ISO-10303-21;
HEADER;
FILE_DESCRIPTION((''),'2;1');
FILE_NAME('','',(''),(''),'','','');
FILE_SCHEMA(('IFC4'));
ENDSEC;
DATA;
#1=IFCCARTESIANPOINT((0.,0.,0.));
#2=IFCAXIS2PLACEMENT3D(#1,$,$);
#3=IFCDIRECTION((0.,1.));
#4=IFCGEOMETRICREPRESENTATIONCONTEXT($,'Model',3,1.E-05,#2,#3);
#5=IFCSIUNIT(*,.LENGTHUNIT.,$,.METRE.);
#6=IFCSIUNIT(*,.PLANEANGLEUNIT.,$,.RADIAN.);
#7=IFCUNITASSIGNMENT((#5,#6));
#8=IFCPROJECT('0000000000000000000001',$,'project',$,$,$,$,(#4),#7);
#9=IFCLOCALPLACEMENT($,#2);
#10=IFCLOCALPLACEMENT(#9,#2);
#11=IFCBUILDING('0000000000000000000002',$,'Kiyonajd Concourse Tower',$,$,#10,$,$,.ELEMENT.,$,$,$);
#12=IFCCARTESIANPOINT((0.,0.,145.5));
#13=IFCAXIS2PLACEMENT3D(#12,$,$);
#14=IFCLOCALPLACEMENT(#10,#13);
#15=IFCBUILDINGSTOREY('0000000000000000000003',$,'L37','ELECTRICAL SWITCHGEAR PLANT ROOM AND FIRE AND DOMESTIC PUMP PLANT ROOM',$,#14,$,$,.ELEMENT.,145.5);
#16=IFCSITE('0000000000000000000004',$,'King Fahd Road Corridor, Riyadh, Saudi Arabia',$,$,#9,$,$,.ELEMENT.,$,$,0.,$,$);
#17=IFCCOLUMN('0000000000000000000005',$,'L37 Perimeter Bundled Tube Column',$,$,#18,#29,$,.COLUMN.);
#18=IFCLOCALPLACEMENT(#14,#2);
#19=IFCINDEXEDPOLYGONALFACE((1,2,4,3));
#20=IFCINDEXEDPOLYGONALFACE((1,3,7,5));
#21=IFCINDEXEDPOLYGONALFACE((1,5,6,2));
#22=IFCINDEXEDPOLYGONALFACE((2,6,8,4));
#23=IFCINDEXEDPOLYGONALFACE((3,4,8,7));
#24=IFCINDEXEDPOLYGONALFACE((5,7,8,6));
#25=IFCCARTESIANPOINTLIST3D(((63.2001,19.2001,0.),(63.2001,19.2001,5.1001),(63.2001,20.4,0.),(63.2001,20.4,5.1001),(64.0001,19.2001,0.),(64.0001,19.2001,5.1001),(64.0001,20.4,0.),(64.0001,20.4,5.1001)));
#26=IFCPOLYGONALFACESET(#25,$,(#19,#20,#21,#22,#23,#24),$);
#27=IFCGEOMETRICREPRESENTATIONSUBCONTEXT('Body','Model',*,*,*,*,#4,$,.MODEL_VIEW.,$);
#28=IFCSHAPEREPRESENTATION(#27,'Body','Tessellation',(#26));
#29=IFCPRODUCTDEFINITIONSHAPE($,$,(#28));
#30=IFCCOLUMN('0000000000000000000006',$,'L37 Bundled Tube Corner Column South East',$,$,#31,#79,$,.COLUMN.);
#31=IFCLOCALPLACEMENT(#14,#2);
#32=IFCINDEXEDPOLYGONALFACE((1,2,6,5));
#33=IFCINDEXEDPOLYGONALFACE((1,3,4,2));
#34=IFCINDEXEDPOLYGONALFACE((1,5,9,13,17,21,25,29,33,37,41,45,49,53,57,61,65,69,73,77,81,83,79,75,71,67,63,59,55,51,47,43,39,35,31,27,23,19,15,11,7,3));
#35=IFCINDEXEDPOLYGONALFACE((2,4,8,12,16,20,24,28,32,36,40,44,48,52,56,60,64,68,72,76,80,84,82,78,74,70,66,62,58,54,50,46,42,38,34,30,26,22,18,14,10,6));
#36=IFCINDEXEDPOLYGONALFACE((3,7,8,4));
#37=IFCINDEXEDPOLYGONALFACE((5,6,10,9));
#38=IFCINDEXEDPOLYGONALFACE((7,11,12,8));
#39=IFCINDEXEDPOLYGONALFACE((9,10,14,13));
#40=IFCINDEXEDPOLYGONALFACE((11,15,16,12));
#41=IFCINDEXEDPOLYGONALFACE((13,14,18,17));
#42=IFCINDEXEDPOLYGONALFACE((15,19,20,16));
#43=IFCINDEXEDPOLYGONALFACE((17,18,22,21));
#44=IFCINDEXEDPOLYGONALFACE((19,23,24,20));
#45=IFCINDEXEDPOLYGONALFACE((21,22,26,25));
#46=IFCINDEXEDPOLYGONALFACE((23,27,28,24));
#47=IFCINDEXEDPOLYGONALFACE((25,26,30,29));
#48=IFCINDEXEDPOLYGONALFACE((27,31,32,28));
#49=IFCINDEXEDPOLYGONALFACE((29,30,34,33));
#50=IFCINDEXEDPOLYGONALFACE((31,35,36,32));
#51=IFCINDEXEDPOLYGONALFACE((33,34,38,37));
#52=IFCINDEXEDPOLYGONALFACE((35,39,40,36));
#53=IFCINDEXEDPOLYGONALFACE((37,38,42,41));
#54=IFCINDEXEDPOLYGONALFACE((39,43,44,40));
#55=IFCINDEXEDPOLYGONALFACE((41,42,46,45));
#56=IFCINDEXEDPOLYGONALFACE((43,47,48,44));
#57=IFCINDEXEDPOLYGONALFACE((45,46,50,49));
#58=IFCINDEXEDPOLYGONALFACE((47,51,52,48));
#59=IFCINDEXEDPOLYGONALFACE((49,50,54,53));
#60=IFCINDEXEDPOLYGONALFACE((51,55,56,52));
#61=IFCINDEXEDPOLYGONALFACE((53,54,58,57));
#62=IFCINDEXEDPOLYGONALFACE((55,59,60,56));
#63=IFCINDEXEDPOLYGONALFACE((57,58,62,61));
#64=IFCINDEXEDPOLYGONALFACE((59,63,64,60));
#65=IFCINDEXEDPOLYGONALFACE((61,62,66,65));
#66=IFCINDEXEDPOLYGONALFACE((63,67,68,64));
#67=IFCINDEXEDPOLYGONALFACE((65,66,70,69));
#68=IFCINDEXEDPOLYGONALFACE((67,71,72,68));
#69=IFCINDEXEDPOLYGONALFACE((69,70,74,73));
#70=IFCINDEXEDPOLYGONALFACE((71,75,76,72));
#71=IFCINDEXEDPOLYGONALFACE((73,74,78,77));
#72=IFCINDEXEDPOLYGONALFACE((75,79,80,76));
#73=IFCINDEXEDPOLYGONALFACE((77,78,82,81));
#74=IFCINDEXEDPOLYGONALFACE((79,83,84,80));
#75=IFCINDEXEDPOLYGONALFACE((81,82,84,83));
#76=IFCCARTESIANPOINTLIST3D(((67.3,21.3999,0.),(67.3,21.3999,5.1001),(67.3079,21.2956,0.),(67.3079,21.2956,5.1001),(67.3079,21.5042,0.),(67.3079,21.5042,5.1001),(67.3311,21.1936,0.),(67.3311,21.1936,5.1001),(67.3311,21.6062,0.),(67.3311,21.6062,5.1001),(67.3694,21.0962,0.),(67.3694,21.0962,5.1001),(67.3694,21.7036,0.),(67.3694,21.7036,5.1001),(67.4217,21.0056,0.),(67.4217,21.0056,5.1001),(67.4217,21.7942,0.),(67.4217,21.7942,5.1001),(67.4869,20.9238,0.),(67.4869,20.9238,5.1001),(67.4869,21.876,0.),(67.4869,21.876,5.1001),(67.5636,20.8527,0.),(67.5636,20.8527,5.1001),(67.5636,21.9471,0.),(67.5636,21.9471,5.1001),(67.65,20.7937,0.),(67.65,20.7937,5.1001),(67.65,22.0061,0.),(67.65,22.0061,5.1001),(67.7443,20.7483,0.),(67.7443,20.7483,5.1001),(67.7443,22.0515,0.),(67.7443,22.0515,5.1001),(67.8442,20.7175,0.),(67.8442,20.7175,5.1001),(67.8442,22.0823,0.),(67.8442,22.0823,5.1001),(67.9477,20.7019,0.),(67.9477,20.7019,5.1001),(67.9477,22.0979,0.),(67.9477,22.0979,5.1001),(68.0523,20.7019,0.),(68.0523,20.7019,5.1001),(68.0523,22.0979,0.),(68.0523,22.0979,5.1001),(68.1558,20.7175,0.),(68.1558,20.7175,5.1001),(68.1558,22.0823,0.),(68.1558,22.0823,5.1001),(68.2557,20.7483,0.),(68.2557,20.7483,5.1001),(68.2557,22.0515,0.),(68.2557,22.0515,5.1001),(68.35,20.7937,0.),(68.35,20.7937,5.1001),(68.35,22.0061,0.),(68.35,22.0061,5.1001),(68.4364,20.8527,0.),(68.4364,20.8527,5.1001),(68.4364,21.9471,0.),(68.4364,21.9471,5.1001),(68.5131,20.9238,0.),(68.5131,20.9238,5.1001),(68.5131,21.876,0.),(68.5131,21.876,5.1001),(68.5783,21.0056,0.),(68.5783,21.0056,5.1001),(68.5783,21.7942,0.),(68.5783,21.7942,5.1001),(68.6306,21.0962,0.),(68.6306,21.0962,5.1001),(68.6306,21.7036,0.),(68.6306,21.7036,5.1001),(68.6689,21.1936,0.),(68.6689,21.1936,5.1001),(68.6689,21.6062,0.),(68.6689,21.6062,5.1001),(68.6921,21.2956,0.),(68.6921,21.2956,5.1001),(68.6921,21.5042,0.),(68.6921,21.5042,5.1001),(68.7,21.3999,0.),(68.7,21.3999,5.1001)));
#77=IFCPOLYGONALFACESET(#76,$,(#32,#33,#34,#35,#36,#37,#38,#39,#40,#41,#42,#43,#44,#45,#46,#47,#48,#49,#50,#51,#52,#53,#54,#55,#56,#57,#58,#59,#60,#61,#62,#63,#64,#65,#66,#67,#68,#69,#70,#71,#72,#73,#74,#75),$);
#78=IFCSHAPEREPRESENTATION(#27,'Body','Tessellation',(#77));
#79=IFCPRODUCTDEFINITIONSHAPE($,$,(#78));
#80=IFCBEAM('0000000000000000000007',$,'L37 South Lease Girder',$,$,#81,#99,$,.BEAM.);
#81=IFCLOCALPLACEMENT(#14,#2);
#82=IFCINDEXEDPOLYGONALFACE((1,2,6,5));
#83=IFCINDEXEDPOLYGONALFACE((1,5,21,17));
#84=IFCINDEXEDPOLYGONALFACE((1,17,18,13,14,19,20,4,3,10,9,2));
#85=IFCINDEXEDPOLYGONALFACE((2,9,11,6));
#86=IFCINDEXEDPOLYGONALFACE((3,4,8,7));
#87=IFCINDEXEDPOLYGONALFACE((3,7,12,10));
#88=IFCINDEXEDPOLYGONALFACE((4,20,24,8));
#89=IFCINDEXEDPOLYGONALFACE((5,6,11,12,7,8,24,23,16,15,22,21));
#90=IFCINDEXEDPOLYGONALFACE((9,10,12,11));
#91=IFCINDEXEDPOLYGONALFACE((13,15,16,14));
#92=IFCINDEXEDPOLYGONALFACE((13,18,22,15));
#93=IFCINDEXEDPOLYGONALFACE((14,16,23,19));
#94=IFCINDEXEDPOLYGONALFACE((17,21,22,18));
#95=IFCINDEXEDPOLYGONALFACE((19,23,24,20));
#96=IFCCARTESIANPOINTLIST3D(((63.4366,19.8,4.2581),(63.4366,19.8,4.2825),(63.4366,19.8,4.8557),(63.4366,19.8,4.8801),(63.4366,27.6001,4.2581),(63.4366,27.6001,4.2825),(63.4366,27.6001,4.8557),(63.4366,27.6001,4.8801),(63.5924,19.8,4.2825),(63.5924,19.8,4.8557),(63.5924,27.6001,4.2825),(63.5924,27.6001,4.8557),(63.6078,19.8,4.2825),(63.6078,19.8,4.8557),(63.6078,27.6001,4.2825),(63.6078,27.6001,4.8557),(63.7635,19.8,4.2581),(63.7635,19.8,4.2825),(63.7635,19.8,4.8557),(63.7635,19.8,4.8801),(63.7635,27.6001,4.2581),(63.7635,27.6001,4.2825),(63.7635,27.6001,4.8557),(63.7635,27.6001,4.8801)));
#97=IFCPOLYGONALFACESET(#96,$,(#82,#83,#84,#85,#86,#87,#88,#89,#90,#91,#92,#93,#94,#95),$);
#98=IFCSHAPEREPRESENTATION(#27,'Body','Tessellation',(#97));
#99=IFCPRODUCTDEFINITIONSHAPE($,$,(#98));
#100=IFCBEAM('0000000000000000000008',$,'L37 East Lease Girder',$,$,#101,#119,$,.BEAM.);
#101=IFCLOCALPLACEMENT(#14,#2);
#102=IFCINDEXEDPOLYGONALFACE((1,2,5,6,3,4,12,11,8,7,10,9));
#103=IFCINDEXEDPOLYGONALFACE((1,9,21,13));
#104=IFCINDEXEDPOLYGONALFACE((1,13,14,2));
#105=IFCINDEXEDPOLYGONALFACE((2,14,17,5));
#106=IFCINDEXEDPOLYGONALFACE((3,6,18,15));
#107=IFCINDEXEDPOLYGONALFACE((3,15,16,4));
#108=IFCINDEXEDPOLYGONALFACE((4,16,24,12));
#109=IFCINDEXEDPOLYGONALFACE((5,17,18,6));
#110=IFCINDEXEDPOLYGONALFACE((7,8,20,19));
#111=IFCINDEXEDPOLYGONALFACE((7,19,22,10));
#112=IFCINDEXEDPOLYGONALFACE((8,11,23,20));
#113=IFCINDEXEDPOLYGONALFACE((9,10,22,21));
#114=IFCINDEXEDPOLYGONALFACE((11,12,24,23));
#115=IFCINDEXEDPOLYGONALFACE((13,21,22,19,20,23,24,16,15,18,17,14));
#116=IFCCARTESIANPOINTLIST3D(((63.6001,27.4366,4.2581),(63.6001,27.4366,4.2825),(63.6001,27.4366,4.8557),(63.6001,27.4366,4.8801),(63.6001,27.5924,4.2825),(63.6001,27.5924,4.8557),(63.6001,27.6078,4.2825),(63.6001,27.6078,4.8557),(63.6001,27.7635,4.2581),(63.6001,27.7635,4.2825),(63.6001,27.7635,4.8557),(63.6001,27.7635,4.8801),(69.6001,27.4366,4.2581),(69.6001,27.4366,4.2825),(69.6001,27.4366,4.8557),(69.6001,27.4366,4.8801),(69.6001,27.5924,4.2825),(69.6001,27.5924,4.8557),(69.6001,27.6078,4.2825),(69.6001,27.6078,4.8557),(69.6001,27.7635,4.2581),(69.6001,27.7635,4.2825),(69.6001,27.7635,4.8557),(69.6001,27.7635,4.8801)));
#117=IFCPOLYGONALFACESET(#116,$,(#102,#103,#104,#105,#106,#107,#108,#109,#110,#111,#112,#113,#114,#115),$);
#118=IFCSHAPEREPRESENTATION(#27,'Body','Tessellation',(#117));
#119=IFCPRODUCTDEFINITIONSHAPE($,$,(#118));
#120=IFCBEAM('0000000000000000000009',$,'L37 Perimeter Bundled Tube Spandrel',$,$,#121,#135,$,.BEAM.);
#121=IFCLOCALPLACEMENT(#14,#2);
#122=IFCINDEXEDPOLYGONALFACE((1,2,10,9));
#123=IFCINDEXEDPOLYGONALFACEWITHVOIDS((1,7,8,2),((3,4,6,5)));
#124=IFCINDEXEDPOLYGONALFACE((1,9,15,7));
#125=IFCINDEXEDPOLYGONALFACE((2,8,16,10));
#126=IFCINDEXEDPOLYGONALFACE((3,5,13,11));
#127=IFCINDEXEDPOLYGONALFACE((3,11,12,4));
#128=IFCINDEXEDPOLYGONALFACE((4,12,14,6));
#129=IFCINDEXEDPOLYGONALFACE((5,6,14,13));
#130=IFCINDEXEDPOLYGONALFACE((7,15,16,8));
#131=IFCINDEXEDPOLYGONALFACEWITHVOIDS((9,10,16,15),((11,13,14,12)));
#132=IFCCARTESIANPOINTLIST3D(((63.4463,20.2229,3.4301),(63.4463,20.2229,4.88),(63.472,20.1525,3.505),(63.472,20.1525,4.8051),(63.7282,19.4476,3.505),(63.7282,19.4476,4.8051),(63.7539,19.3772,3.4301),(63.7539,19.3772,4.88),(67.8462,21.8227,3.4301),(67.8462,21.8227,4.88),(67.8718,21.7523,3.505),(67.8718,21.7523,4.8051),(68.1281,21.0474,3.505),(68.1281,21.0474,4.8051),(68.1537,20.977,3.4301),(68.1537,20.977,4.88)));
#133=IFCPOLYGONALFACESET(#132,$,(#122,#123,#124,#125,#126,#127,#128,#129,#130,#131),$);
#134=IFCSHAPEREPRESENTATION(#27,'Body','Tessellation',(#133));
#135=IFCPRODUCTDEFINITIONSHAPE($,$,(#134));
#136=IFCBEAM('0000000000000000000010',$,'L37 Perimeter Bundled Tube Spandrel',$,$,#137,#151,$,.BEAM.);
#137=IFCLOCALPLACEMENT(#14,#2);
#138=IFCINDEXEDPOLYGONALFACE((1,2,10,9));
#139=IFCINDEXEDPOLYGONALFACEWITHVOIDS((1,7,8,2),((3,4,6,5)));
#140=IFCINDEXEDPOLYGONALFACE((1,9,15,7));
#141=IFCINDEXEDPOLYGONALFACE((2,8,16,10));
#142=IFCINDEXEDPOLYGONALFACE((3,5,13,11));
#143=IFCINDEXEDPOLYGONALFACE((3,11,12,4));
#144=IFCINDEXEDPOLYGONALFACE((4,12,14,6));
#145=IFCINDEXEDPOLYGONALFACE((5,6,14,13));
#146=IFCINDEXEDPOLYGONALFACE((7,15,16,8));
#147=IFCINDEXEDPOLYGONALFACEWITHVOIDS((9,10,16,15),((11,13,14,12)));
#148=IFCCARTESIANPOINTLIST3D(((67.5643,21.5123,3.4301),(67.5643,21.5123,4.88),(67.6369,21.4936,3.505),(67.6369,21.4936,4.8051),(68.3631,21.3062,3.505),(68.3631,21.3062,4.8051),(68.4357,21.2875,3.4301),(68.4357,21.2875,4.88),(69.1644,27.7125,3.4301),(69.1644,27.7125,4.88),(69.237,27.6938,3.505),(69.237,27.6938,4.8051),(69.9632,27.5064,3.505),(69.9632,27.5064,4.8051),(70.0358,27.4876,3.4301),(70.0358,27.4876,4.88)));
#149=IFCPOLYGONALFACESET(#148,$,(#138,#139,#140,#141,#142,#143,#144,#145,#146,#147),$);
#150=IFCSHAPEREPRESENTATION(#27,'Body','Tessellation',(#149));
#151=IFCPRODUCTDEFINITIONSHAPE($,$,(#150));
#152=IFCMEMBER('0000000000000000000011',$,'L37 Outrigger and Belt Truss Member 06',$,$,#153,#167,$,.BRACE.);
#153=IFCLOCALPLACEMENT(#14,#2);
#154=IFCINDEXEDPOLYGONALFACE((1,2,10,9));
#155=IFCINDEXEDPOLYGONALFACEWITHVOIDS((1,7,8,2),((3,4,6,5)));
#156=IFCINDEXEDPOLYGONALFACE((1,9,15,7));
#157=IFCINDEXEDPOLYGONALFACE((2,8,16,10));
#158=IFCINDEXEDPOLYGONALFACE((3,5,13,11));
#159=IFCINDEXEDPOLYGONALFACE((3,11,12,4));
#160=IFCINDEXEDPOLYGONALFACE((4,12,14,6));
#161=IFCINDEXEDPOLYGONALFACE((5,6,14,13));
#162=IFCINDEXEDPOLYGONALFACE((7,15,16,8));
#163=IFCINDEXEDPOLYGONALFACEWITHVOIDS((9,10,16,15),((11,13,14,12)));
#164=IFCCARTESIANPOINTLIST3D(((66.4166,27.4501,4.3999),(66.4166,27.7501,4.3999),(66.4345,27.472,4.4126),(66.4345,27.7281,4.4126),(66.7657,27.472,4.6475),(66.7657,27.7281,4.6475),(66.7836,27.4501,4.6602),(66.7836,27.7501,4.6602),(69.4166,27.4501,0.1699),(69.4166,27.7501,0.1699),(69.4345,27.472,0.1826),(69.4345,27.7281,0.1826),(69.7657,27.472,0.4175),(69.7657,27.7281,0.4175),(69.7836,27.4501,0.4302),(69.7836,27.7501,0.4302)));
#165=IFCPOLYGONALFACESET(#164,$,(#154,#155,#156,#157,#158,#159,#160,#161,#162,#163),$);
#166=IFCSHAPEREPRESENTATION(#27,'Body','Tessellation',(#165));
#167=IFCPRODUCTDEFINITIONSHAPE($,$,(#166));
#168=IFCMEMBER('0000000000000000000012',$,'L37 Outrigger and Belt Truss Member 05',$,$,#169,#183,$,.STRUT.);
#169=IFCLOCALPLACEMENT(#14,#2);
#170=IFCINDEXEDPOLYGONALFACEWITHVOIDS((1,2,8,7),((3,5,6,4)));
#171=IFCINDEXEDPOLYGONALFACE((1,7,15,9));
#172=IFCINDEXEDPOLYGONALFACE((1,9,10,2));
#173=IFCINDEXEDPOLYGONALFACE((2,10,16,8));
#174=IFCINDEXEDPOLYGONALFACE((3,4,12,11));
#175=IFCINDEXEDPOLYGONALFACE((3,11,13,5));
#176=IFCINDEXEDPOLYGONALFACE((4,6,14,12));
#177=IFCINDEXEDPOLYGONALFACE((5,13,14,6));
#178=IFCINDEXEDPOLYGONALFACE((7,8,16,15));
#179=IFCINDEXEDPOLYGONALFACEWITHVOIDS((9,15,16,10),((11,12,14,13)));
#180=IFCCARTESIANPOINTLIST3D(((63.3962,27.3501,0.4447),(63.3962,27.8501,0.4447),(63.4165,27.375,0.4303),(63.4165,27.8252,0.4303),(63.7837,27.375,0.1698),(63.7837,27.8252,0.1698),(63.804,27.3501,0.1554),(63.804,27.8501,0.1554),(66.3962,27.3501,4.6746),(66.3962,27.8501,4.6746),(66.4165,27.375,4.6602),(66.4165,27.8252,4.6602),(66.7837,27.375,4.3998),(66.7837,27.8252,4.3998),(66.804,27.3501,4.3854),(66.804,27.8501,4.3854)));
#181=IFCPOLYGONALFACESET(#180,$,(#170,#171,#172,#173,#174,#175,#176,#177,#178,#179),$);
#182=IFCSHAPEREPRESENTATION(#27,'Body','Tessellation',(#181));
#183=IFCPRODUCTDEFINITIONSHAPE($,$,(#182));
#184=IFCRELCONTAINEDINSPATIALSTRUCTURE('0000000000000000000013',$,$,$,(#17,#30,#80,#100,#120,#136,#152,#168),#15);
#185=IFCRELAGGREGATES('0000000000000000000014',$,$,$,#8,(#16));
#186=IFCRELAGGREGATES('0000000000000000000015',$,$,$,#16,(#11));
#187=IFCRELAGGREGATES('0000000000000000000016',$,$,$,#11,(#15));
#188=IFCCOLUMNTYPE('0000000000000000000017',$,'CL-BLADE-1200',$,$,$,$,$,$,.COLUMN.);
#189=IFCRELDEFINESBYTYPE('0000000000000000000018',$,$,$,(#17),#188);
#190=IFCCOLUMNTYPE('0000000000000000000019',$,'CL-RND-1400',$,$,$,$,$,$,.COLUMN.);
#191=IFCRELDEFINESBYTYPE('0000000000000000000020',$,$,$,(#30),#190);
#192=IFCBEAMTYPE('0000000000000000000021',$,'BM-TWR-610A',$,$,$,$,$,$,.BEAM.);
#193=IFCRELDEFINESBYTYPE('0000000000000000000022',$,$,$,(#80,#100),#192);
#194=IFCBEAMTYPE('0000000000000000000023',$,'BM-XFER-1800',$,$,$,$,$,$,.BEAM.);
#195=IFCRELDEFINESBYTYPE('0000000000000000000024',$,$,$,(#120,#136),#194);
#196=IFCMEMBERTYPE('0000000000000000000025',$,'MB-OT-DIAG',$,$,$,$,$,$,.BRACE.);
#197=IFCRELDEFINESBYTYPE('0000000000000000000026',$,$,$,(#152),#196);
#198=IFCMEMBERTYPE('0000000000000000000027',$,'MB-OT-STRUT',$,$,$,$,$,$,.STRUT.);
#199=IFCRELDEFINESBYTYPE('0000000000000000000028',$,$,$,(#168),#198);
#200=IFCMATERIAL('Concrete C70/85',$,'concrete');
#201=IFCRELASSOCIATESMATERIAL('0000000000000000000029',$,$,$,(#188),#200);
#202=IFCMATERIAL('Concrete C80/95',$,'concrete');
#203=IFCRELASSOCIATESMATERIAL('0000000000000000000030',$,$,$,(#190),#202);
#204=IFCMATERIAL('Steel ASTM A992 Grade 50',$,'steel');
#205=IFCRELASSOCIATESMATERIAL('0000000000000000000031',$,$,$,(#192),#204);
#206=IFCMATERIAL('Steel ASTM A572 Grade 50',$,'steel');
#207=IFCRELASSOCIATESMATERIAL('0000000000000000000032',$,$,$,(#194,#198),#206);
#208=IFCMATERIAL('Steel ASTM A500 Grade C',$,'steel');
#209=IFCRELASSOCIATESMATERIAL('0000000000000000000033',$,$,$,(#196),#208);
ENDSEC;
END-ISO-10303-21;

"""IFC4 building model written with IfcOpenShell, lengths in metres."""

from ifc_helpers import new_model, si_unit, direction, frame, origin, origin_2d, place, context, subcontext, project, spatial, rectangle, hollow_rectangle, circle, i_section, extrude, material, material_profile, profile_set, type_object, element, save


model = new_model("IFC4")

# Units and contexts
model_context = context("Model", 3, precision=1e-05, world=origin(), true_north=direction((0.0, 1.0)))
body_context = subcontext(model_context, "Body", "Model", "MODEL_VIEW")
ifc_project = project(units=[si_unit("LENGTHUNIT", "METRE"), si_unit("PLANEANGLEUNIT", "RADIAN")], contexts=[model_context])

# Site, building, storey
site_placement = place(None, origin())
site = spatial("IfcSite", under=ifc_project, at=site_placement, Name="King Fahd Road Corridor, Riyadh, Saudi Arabia", CompositionType="ELEMENT", RefElevation=0.0)
building_placement = place(site_placement, origin())
building = spatial("IfcBuilding", under=site, at=building_placement, Name="Kiyonajd Concourse Tower", CompositionType="ELEMENT")
storey_placement = place(building_placement, frame((0.0, 0.0, 145.5)))
storey = spatial("IfcBuildingStorey", under=building, at=storey_placement, Name="L37", Description="ELECTRICAL SWITCHGEAR PLANT ROOM AND FIRE AND DOMESTIC PUMP PLANT ROOM", CompositionType="ELEMENT", Elevation=145.5)

# Columns
ifc_material_1 = material(Name="Concrete C70/85", Category="concrete")
ifc_material_profile_1 = material_profile(ifc_material_1, rectangle(XDim=0.8, YDim=1.2, at=origin_2d()), Name="RC-1200x800")
ifc_profile_set_1 = profile_set([ifc_material_profile_1], Name="Concrete C70/85")
column_type_1 = type_object("IfcColumnType", Name="CL-BLADE-1200", PredefinedType="COLUMN", material=ifc_profile_set_1)
column_1_placement = place(storey_placement, frame((63.6001, 19.8, 0.0), z_axis=(0.0, 0.0, 1.0), x_axis=(1.0, 0.0, 0.0)))
element("IfcColumn", 1, at=column_1_placement, inside=storey, type_object=column_type_1, Name="L37 Perimeter Bundled Tube Column", PredefinedType="COLUMN", context=body_context, shape_type="SweptSolid", body=[
    extrude(rectangle(XDim=0.8, YDim=1.2, at=origin_2d()), origin(), (0.0, 0.0, 1.0), 5.1001),
])
ifc_material_2 = material(Name="Concrete C80/95", Category="concrete")
ifc_material_profile_2 = material_profile(ifc_material_2, circle(Radius=0.7, at=origin_2d()), Name="RCC-D1400")
ifc_profile_set_2 = profile_set([ifc_material_profile_2], Name="Concrete C80/95")
column_type_2 = type_object("IfcColumnType", Name="CL-RND-1400", PredefinedType="COLUMN", material=ifc_profile_set_2)
column_2_placement = place(storey_placement, frame((68.0, 21.3999, 0.0), z_axis=(0.0, 0.0, 1.0), x_axis=(1.0, 0.0, 0.0)))
element("IfcColumn", 2, at=column_2_placement, inside=storey, type_object=column_type_2, Name="L37 Bundled Tube Corner Column South East", PredefinedType="COLUMN", context=body_context, shape_type="SweptSolid", body=[
    extrude(circle(Radius=0.7, at=origin_2d()), origin(), (0.0, 0.0, 1.0), 5.1001),
])

# Beams
ifc_material_3 = material(Name="Steel ASTM A992 Grade 50", Category="steel")
ifc_material_profile_3 = material_profile(ifc_material_3, i_section(OverallWidth=0.3269, OverallDepth=0.6221, WebThickness=0.0154, FlangeThickness=0.0244, at=origin_2d()), Name="W610X195")
ifc_profile_set_3 = profile_set([ifc_material_profile_3], Name="Steel ASTM A992 Grade 50")
beam_type_1 = type_object("IfcBeamType", Name="BM-TWR-610A", PredefinedType="BEAM", material=ifc_profile_set_3)
beam_1_placement = place(storey_placement, frame((63.6001, 19.8, 4.5691), z_axis=(0.0, 1.0, 0.0), x_axis=(-1.0, 0.0, 0.0)))
element("IfcBeam", 3, at=beam_1_placement, inside=storey, type_object=beam_type_1, Name="L37 South Lease Girder", PredefinedType="BEAM", context=body_context, shape_type="SweptSolid", body=[
    extrude(i_section(OverallWidth=0.3269, OverallDepth=0.6221, WebThickness=0.0154, FlangeThickness=0.0244, at=origin_2d()), origin(), (0.0, 0.0, 1.0), 7.8),
])
beam_2_placement = place(storey_placement, frame((63.6001, 27.6001, 4.5691), z_axis=(1.0, 0.0, 0.0), x_axis=(0.0, 1.0, 0.0)))
element("IfcBeam", 4, at=beam_2_placement, inside=storey, type_object=beam_type_1, Name="L37 East Lease Girder", PredefinedType="BEAM", context=body_context, shape_type="SweptSolid", body=[
    extrude(i_section(OverallWidth=0.3269, OverallDepth=0.6221, WebThickness=0.0154, FlangeThickness=0.0244, at=origin_2d()), origin(), (0.0, 0.0, 1.0), 6.0),
])
ifc_material_4 = material(Name="Steel ASTM A572 Grade 50", Category="steel")
ifc_material_profile_4 = material_profile(ifc_material_4, hollow_rectangle(XDim=0.8999, YDim=1.45, WallThickness=0.075, at=origin_2d()), Name="BOX-1450x900x75")
ifc_profile_set_4 = profile_set([ifc_material_profile_4], Name="Steel ASTM A572 Grade 50")
beam_type_2 = type_object("IfcBeamType", Name="BM-XFER-1800", PredefinedType="BEAM", material=ifc_profile_set_4)
beam_3_placement = place(storey_placement, frame((63.6001, 19.8, 4.155), z_axis=(0.939801, 0.341722, 0.0), x_axis=(-0.341722, 0.939801, 0.0)))
element("IfcBeam", 5, at=beam_3_placement, inside=storey, type_object=beam_type_2, Name="L37 Perimeter Bundled Tube Spandrel", PredefinedType="BEAM", context=body_context, shape_type="SweptSolid", body=[
    extrude(hollow_rectangle(XDim=0.8999, YDim=1.45, WallThickness=0.075, at=origin_2d()), origin(), (0.0, 0.0, 1.0), 4.6816),
])
beam_4_placement = place(storey_placement, frame((68.0, 21.3999, 4.155), z_axis=(0.249885, 0.968276, 0.0), x_axis=(-0.968276, 0.249885, 0.0)))
element("IfcBeam", 6, at=beam_4_placement, inside=storey, type_object=beam_type_2, Name="L37 Perimeter Bundled Tube Spandrel", PredefinedType="BEAM", context=body_context, shape_type="SweptSolid", body=[
    extrude(hollow_rectangle(XDim=0.8999, YDim=1.45, WallThickness=0.075, at=origin_2d()), origin(), (0.0, 0.0, 1.0), 6.4033),
])

# Members
ifc_material_5 = material(Name="Steel ASTM A500 Grade C", Category="steel")
ifc_material_profile_5 = material_profile(ifc_material_5, hollow_rectangle(XDim=0.3, YDim=0.45, WallThickness=0.022, at=origin_2d()), Name="HSS-450x300x22")
ifc_profile_set_5 = profile_set([ifc_material_profile_5], Name="Steel ASTM A500 Grade C")
member_type_1 = type_object("IfcMemberType", Name="MB-OT-DIAG", PredefinedType="BRACE", material=ifc_profile_set_5)
member_1_placement = place(storey_placement, frame((66.6001, 27.6001, 4.53), z_axis=(0.578501, 0.0, -0.815682), x_axis=(0.0, 1.0, 0.0)))
element("IfcMember", 7, at=member_1_placement, inside=storey, type_object=member_type_1, Name="L37 Outrigger and Belt Truss Member 06", PredefinedType="BRACE", context=body_context, shape_type="SweptSolid", body=[
    extrude(hollow_rectangle(XDim=0.3, YDim=0.45, WallThickness=0.022, at=origin_2d()), origin(), (0.0, 0.0, 1.0), 5.1858),
])
ifc_material_profile_6 = material_profile(ifc_material_4, hollow_rectangle(XDim=0.5, YDim=0.5, WallThickness=0.0249, at=origin_2d()), Name="HSS-500x500x25")
ifc_profile_set_6 = profile_set([ifc_material_profile_6], Name="Steel ASTM A572 Grade 50")
member_type_2 = type_object("IfcMemberType", Name="MB-OT-STRUT", PredefinedType="STRUT", material=ifc_profile_set_6)
member_2_placement = place(storey_placement, frame((63.6001, 27.6001, 0.3), z_axis=(0.578501, 0.0, 0.815682), x_axis=(0.0, 1.0, 0.0)))
element("IfcMember", 8, at=member_2_placement, inside=storey, type_object=member_type_2, Name="L37 Outrigger and Belt Truss Member 05", PredefinedType="STRUT", context=body_context, shape_type="SweptSolid", body=[
    extrude(hollow_rectangle(XDim=0.5, YDim=0.5, WallThickness=0.0249, at=origin_2d()), origin(), (0.0, 0.0, 1.0), 5.1858),
])

save(model, "model.ifc")
